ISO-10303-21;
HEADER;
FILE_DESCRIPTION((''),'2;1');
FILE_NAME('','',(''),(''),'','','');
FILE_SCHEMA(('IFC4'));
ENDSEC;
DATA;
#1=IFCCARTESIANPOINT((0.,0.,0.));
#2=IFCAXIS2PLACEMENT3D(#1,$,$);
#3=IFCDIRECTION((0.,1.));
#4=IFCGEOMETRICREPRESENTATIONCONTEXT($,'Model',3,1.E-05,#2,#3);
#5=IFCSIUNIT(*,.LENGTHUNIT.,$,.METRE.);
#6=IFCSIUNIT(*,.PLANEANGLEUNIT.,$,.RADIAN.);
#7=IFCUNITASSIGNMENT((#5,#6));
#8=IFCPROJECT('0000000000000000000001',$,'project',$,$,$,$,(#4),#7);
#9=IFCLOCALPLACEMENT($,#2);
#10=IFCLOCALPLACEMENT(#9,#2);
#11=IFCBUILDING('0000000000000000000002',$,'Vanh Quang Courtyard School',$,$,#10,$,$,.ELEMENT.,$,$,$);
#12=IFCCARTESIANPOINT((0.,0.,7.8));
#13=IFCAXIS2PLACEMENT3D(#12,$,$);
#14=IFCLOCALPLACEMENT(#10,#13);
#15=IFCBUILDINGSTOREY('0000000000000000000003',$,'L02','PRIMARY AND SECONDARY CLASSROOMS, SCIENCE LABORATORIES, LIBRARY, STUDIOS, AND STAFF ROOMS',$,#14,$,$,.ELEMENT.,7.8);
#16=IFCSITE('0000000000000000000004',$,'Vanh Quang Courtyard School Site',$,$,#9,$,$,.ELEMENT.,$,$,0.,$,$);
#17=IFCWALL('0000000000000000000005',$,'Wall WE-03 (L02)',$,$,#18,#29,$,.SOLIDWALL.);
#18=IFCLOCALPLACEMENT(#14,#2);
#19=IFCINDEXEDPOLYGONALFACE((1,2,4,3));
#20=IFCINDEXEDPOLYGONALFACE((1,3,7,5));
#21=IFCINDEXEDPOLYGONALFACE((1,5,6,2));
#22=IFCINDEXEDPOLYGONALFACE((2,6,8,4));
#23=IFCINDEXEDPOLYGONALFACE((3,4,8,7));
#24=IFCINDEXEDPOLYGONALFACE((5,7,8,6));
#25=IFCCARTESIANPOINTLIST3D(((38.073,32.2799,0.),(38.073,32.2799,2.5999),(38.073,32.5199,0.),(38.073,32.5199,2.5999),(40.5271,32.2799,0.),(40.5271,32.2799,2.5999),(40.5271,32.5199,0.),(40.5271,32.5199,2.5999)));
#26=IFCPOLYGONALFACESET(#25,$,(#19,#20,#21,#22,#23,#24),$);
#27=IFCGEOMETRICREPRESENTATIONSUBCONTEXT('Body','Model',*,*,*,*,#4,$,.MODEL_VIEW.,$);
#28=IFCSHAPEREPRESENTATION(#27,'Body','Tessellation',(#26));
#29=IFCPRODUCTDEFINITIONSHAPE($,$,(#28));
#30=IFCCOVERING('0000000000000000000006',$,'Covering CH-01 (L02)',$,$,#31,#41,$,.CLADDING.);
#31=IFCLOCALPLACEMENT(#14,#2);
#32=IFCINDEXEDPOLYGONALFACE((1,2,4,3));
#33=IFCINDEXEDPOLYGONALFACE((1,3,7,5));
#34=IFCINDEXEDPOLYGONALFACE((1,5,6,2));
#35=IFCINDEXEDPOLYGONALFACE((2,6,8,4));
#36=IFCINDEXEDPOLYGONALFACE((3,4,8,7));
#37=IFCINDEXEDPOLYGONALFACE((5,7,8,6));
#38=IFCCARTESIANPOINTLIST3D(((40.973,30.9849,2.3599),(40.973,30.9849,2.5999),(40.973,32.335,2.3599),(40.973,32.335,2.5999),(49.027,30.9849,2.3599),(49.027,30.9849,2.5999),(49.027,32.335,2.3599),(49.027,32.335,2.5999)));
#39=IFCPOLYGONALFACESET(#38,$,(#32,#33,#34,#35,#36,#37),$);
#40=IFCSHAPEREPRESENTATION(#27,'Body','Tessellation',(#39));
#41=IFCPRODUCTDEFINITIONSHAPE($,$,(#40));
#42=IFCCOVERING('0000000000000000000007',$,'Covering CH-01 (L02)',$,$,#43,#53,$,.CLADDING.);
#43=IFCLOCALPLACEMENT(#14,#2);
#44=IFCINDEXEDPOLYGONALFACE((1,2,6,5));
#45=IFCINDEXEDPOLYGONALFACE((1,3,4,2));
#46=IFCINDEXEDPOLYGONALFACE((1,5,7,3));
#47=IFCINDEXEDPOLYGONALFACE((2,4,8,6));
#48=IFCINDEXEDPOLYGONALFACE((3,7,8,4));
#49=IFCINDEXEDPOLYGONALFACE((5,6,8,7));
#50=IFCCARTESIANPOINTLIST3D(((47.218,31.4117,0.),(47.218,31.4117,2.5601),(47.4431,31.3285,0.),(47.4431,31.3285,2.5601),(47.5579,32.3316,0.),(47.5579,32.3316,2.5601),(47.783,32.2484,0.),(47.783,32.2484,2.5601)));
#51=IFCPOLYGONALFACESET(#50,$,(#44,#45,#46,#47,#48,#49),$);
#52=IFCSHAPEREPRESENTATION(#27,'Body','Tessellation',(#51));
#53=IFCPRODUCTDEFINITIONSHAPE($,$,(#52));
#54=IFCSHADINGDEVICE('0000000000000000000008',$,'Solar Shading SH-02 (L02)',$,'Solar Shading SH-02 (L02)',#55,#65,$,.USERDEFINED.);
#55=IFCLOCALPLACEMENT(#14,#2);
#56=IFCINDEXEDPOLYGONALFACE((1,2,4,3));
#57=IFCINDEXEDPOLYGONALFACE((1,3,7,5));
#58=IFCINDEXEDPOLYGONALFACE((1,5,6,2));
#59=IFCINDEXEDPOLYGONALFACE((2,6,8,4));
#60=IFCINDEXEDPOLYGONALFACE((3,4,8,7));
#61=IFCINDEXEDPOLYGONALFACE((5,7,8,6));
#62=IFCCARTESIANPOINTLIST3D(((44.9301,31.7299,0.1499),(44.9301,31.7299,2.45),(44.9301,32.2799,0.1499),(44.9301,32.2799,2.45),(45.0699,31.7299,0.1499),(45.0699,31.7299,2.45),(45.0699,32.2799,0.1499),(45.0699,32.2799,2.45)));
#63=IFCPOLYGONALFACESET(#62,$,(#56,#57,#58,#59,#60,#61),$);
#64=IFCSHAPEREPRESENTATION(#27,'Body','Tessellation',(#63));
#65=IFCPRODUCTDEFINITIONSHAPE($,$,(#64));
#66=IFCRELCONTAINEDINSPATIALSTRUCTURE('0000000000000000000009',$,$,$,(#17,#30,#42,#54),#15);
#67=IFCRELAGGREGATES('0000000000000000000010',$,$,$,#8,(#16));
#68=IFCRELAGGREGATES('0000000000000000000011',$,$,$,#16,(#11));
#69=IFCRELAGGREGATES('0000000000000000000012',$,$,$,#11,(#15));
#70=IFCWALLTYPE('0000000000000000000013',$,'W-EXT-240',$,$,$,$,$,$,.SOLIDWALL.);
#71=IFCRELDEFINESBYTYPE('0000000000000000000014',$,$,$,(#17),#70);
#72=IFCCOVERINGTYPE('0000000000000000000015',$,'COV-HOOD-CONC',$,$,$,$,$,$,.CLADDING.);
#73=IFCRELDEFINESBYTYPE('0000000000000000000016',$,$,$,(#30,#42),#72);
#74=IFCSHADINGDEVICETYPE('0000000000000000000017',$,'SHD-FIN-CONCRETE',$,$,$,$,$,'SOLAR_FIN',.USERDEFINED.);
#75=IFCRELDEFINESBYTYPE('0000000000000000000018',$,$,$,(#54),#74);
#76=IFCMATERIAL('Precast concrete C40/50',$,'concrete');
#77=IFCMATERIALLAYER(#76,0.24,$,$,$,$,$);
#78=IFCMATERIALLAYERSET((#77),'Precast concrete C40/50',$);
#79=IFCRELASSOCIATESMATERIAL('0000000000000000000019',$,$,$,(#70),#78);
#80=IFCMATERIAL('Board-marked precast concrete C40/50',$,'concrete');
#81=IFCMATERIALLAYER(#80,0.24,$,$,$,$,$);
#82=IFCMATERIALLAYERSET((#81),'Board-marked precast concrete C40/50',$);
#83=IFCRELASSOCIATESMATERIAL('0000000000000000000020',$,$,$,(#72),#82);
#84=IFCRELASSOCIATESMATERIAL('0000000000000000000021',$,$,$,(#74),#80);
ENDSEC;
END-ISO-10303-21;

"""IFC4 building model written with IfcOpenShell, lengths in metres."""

from ifc_helpers import new_model, si_unit, direction, frame, frame_2d, origin, origin_2d, place, context, subcontext, project, spatial, rectangle, extrude, material, layer, layer_set, type_object, element, save


model = new_model("IFC4")

# Units and contexts
model_context = context("Model", 3, precision=1e-05, world=origin(), true_north=direction((0.0, 1.0)))
body_context = subcontext(model_context, "Body", "Model", "MODEL_VIEW")
ifc_project = project(units=[si_unit("LENGTHUNIT", "METRE"), si_unit("PLANEANGLEUNIT", "RADIAN")], contexts=[model_context])

# Site, building, storey
site_placement = place(None, origin())
site = spatial("IfcSite", under=ifc_project, at=site_placement, Name="Vanh Quang Courtyard School Site", CompositionType="ELEMENT", RefElevation=0.0)
building_placement = place(site_placement, origin())
building = spatial("IfcBuilding", under=site, at=building_placement, Name="Vanh Quang Courtyard School", CompositionType="ELEMENT")
storey_placement = place(building_placement, frame((0.0, 0.0, 7.8)))
storey = spatial("IfcBuildingStorey", under=building, at=storey_placement, Name="L02", Description="PRIMARY AND SECONDARY CLASSROOMS, SCIENCE LABORATORIES, LIBRARY, STUDIOS, AND STAFF ROOMS", CompositionType="ELEMENT", Elevation=7.8)

# Wall
ifc_material_1 = material(Name="Precast concrete C40/50", Category="concrete")
ifc_layer_1 = layer(ifc_material_1, 0.24)
ifc_layer_set_1 = layer_set([ifc_layer_1], Name="Precast concrete C40/50")
wall_type = type_object("IfcWallType", Name="W-EXT-240", PredefinedType="SOLIDWALL", material=ifc_layer_set_1)
wall_1_placement = place(storey_placement, frame((40.5271, 32.3999, 0.0), z_axis=(0.0, 0.0, 1.0), x_axis=(-1.0, 0.0, 0.0)))
element("IfcWall", 1, at=wall_1_placement, inside=storey, type_object=wall_type, Name="Wall WE-03 (L02)", PredefinedType="SOLIDWALL", context=body_context, shape_type="SweptSolid", body=[
    extrude(rectangle(XDim=2.4541, YDim=0.24, at=frame_2d((1.2271, 0.0))), origin(), (0.0, 0.0, 1.0), 2.5999),
])

# Coverings
ifc_material_2 = material(Name="Board-marked precast concrete C40/50", Category="concrete")
ifc_layer_2 = layer(ifc_material_2, 0.24)
ifc_layer_set_2 = layer_set([ifc_layer_2], Name="Board-marked precast concrete C40/50")
covering_type = type_object("IfcCoveringType", Name="COV-HOOD-CONC", PredefinedType="CLADDING", material=ifc_layer_set_2)
covering_1_placement = place(storey_placement, frame((45.0, 31.6599, 2.3599), z_axis=(0.0, 0.0, 1.0), x_axis=(-1.0, 0.0, 0.0)))
element("IfcCovering", 2, at=covering_1_placement, inside=storey, type_object=covering_type, Name="Covering CH-01 (L02)", PredefinedType="CLADDING", context=body_context, shape_type="SweptSolid", body=[
    extrude(rectangle(XDim=8.054, YDim=1.3501, at=origin_2d()), origin(), (0.0, 0.0, 1.0), 0.24),
])
covering_2_placement = place(storey_placement, frame((47.5005, 31.8301, 0.0), z_axis=(0.0, 0.0, 1.0), x_axis=(-0.346608, -0.93801, 0.0)))
element("IfcCovering", 3, at=covering_2_placement, inside=storey, type_object=covering_type, Name="Covering CH-01 (L02)", PredefinedType="CLADDING", context=body_context, shape_type="SweptSolid", body=[
    extrude(rectangle(XDim=0.9807, YDim=0.24, at=origin_2d()), origin(), (0.0, 0.0, 1.0), 2.5601),
])

# Shading device
shading_device_type = type_object("IfcShadingDeviceType", Name="SHD-FIN-CONCRETE", ElementType="SOLAR_FIN", PredefinedType="USERDEFINED", material=ifc_material_2)
shading_device_placement = place(storey_placement, frame((45.0, 32.0049, 0.1499), z_axis=(0.0, 0.0, 1.0), x_axis=(-1.0, 0.0, 0.0)))
element("IfcShadingDevice", 4, at=shading_device_placement, inside=storey, type_object=shading_device_type, Name="Solar Shading SH-02 (L02)", ObjectType="Solar Shading SH-02 (L02)", PredefinedType="USERDEFINED", context=body_context, shape_type="SweptSolid", body=[
    extrude(rectangle(XDim=0.1399, YDim=0.55, at=origin_2d()), origin(), (0.0, 0.0, 1.0), 2.3),
])

save(model, "model.ifc")
